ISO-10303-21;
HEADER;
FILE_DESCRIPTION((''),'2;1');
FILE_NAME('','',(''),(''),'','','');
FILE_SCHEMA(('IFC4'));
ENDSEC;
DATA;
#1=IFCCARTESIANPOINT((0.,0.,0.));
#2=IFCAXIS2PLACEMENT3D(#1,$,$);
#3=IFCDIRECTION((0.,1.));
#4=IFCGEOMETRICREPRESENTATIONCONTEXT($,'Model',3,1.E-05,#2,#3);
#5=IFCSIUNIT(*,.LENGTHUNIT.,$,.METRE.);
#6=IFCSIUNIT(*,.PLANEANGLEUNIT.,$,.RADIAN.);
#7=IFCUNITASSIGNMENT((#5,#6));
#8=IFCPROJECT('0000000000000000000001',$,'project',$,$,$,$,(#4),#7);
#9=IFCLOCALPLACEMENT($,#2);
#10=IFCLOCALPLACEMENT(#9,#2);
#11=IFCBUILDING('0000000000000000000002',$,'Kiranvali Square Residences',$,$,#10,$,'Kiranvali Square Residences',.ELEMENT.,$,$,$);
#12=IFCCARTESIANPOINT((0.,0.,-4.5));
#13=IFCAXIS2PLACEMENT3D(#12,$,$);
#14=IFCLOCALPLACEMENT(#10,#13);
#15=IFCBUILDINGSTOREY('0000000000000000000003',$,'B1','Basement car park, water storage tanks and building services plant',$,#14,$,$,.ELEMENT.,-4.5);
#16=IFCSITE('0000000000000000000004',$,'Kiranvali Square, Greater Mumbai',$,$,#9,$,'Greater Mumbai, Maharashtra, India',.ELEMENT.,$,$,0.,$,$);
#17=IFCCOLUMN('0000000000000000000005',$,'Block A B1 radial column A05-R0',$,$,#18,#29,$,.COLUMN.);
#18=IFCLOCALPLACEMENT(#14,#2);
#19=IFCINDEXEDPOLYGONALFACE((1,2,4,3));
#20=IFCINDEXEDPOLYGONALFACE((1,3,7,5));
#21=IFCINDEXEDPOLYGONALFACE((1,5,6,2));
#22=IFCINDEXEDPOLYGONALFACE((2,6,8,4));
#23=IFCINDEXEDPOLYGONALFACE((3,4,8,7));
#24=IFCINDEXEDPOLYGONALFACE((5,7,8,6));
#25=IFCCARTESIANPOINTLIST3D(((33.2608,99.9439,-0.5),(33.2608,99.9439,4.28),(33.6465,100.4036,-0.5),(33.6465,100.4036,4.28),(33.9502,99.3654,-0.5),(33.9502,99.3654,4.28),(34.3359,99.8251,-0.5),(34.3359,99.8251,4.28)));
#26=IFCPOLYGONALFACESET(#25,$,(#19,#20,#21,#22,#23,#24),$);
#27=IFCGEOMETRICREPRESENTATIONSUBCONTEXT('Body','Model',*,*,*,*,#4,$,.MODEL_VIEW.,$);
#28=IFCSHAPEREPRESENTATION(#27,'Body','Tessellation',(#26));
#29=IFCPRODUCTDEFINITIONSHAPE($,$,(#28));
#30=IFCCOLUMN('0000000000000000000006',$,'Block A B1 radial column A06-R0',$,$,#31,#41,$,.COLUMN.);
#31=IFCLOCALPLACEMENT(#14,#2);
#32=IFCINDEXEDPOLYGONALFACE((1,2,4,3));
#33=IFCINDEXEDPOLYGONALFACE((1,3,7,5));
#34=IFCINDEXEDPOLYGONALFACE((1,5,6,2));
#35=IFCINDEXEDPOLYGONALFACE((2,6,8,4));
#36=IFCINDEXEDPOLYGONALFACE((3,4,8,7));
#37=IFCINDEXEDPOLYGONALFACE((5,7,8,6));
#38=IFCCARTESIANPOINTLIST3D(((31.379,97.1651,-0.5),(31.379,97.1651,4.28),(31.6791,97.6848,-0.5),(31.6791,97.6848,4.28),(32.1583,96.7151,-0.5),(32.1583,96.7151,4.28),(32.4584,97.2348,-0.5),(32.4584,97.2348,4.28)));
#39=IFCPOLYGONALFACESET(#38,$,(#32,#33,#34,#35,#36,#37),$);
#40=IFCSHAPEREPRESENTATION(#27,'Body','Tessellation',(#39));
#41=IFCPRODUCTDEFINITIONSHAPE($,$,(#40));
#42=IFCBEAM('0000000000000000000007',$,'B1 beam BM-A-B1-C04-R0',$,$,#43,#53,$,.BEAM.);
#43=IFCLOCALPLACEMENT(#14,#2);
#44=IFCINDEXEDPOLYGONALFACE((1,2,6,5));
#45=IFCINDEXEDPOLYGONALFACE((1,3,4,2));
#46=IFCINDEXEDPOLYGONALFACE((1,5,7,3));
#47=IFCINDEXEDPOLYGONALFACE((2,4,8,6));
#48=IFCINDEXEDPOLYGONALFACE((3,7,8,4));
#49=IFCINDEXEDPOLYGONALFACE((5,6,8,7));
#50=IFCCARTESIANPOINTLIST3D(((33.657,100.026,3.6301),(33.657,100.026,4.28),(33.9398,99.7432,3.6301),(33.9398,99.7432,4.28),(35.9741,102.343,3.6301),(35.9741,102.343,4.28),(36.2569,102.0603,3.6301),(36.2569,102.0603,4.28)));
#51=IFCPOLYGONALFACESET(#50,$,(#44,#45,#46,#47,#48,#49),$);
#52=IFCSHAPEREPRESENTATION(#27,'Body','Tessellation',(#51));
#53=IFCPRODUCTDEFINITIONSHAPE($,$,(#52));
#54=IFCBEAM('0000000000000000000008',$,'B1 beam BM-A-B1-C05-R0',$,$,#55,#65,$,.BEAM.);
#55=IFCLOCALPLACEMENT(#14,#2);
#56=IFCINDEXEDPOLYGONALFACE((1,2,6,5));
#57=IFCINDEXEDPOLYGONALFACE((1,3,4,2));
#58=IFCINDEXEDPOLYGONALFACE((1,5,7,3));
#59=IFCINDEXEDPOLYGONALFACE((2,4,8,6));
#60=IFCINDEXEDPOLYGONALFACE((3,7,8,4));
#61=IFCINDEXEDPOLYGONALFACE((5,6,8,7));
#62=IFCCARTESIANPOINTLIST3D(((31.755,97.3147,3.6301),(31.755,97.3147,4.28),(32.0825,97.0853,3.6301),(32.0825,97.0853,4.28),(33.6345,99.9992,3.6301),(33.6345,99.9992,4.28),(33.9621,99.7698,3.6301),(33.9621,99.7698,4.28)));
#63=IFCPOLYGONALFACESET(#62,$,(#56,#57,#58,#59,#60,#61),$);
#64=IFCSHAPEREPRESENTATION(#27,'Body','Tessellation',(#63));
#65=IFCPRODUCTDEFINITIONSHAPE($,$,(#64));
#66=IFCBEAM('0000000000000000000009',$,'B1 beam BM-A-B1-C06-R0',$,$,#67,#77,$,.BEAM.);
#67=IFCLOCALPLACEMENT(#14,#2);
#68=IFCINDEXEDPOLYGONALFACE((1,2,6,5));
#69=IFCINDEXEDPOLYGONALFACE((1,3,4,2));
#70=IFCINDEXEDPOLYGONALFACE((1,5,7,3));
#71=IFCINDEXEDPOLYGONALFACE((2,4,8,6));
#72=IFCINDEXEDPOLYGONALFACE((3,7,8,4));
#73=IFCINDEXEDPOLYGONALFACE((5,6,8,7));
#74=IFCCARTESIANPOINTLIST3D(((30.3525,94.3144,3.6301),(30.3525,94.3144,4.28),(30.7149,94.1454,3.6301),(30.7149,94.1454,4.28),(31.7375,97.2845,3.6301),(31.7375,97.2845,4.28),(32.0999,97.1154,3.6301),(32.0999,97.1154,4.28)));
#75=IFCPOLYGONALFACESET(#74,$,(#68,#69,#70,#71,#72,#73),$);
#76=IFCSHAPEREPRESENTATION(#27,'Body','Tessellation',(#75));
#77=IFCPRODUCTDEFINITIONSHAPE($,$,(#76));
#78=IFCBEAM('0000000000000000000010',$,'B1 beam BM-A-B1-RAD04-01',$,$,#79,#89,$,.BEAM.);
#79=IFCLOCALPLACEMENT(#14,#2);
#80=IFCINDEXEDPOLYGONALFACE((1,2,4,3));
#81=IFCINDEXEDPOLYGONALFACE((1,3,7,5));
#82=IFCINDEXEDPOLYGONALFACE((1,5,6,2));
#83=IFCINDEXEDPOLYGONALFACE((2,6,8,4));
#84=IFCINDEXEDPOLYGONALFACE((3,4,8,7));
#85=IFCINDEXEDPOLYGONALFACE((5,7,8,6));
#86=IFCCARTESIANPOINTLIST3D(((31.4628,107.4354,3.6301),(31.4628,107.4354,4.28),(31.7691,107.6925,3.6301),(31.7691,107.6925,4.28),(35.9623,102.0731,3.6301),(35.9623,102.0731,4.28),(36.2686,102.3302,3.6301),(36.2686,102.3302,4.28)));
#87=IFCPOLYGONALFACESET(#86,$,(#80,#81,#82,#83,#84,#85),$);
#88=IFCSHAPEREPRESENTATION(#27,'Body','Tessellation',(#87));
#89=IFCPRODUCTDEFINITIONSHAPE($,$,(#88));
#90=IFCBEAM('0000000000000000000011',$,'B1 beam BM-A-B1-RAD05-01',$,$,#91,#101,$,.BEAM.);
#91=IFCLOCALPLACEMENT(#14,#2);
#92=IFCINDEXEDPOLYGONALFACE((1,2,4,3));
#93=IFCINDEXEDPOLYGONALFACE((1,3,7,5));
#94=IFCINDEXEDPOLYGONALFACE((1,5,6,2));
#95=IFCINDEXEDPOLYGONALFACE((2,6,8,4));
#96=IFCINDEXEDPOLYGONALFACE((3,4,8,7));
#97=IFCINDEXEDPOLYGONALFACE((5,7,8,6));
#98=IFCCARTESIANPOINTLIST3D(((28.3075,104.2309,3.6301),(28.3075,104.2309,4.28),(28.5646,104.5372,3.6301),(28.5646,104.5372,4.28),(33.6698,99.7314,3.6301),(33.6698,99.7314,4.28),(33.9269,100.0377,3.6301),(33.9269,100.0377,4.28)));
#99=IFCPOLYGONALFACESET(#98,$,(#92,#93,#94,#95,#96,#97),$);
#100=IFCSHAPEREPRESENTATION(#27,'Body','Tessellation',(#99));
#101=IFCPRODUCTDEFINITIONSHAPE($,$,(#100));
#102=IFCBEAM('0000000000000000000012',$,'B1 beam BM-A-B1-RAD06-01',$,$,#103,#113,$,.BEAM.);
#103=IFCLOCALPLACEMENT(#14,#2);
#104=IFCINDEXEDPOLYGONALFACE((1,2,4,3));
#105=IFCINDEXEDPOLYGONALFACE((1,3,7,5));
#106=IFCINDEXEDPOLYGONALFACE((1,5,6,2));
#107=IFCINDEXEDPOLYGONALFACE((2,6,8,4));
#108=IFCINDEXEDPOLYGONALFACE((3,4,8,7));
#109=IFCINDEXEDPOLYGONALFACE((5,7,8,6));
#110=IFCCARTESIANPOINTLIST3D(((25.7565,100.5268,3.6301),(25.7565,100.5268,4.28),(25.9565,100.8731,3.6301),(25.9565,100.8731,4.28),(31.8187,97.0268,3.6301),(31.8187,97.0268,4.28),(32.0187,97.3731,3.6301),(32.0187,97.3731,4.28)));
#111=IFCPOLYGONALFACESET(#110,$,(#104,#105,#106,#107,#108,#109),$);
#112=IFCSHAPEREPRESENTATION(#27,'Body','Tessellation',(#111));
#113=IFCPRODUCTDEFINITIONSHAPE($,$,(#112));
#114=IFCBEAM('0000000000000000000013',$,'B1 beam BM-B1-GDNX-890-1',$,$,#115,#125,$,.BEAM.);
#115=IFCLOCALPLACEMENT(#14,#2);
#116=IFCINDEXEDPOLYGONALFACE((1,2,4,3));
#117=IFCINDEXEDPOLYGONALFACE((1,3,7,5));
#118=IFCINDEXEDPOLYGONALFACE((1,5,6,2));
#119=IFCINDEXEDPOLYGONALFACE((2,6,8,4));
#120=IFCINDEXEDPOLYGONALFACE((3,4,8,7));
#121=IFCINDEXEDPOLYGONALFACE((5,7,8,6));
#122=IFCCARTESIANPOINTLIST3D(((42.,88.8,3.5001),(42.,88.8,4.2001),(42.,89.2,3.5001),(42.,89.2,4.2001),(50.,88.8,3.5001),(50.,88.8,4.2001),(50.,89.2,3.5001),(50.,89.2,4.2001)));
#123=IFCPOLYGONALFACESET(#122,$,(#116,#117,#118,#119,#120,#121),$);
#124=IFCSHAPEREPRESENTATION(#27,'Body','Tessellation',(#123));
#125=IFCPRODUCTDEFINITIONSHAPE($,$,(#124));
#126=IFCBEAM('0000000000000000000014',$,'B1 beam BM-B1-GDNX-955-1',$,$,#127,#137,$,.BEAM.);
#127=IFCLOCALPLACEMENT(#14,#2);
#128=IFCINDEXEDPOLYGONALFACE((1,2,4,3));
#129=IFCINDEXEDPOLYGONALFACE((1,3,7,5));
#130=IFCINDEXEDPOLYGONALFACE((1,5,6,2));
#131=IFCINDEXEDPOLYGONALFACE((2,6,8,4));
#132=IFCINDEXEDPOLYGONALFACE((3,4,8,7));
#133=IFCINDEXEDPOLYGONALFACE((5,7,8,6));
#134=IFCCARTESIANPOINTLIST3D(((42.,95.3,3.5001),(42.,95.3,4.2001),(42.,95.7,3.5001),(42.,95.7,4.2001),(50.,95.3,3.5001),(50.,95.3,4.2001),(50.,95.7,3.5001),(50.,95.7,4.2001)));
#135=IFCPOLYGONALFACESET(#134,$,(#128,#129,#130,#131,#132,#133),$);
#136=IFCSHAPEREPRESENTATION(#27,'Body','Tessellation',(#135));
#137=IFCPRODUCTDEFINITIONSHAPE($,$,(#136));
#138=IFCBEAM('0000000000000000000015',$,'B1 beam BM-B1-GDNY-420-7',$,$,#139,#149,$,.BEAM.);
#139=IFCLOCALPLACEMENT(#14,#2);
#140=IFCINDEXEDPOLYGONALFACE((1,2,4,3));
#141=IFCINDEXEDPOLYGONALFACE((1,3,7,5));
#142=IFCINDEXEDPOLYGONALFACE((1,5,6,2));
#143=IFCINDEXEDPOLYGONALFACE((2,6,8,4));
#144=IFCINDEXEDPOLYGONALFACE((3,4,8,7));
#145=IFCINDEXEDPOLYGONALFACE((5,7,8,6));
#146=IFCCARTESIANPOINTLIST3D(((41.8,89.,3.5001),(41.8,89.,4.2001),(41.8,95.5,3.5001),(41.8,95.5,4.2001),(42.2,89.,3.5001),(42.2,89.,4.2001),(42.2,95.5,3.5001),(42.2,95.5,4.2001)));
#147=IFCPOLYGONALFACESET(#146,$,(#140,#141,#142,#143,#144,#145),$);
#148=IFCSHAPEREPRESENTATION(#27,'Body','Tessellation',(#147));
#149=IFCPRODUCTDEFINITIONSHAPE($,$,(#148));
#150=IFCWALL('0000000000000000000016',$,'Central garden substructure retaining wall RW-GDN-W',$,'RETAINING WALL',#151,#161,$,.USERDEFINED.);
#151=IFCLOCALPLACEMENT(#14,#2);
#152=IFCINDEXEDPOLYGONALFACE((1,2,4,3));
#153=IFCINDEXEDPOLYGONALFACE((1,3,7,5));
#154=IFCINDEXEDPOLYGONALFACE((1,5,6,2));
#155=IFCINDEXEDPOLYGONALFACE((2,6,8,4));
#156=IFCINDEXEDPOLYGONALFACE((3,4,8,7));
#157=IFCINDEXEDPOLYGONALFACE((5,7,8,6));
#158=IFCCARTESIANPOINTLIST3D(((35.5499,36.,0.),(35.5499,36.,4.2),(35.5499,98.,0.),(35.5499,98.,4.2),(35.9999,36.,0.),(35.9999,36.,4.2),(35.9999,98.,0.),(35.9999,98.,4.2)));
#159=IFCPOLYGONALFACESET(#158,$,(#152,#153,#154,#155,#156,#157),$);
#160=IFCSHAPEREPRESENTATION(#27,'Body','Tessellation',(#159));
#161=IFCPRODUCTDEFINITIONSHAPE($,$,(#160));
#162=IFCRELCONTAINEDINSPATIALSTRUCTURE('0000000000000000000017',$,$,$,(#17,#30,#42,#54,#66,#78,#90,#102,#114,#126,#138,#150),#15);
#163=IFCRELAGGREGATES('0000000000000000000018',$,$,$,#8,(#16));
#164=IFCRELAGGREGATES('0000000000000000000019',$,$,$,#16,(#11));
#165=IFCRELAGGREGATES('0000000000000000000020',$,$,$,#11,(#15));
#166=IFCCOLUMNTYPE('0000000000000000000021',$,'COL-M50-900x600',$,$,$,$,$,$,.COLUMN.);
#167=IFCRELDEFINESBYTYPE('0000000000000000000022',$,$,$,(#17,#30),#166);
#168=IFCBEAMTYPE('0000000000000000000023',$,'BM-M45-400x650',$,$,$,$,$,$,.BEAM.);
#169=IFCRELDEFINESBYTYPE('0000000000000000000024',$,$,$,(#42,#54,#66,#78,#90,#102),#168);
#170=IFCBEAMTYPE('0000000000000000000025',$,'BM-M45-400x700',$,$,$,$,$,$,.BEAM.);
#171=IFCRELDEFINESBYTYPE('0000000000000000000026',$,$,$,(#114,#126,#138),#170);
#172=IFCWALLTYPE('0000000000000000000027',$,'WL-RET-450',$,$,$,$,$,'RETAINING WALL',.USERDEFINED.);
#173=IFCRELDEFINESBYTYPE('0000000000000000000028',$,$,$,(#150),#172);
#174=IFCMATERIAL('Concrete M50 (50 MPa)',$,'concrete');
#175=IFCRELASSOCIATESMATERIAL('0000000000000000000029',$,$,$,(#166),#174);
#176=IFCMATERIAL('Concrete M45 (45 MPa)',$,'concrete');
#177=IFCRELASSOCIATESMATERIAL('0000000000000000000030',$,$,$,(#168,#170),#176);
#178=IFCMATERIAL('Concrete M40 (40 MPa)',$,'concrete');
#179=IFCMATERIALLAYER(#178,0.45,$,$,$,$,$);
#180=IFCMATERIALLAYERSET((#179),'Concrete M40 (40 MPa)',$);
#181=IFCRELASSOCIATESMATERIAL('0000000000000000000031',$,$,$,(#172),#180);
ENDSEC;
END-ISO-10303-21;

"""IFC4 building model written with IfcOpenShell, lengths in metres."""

from ifc_helpers import new_model, si_unit, direction, frame, frame_2d, origin, origin_2d, place, context, subcontext, project, spatial, rectangle, extrude, material, layer, layer_set, material_profile, profile_set, type_object, element, save


model = new_model("IFC4")

# Units and contexts
model_context = context("Model", 3, precision=1e-05, world=origin(), true_north=direction((0.0, 1.0)))
body_context = subcontext(model_context, "Body", "Model", "MODEL_VIEW")
ifc_project = project(units=[si_unit("LENGTHUNIT", "METRE"), si_unit("PLANEANGLEUNIT", "RADIAN")], contexts=[model_context])

# Site, building, storey
site_placement = place(None, origin())
site = spatial("IfcSite", under=ifc_project, at=site_placement, Name="Kiranvali Square, Greater Mumbai", LongName="Greater Mumbai, Maharashtra, India", CompositionType="ELEMENT", RefElevation=0.0)
building_placement = place(site_placement, origin())
building = spatial("IfcBuilding", under=site, at=building_placement, Name="Kiranvali Square Residences", LongName="Kiranvali Square Residences", CompositionType="ELEMENT")
storey_placement = place(building_placement, frame((0.0, 0.0, -4.5)))
storey = spatial("IfcBuildingStorey", under=building, at=storey_placement, Name="B1", Description="Basement car park, water storage tanks and building services plant", CompositionType="ELEMENT", Elevation=-4.5)

# Shared definitions
ifc_material_1 = material(Name="Concrete M40 (40 MPa)", Category="concrete")

# Columns
ifc_material_2 = material(Name="Concrete M45 (45 MPa)", Category="concrete")
ifc_material_3 = material(Name="Concrete M50 (50 MPa)", Category="concrete")
ifc_material_profile_1 = material_profile(ifc_material_3, rectangle(XDim=0.6001, YDim=0.8999, at=origin_2d()), Name="RC 900x600")
ifc_profile_set_1 = profile_set([ifc_material_profile_1], Name="Concrete M50 (50 MPa)")
column_type_1 = type_object("IfcColumnType", Name="COL-M50-900x600", PredefinedType="COLUMN", material=ifc_profile_set_1)
for number, where, z_axis, x_axis, name in (
    (1, (33.7983, 99.8845, -0.5), (0.0, 0.0, 1.0), (0.642788, 0.766044, 0.0), "Block A B1 radial column A05-R0"),
    (2, (31.9187, 97.2, -0.5), (0.0, 0.0, 1.0), (0.5, 0.866025, 0.0), "Block A B1 radial column A06-R0"),
):
    element("IfcColumn", number, at=place(storey_placement, frame(where, z_axis=z_axis, x_axis=x_axis)), inside=storey, type_object=column_type_1, Name=name, PredefinedType="COLUMN", context=body_context, shape_type="SweptSolid", body=[
        extrude(rectangle(XDim=0.6001, YDim=0.8999, at=origin_2d()), origin(), (0.0, 0.0, 1.0), 4.78),
    ])

# Beams
ifc_material_profile_2 = material_profile(ifc_material_2, rectangle(XDim=0.3999, YDim=0.6499, at=origin_2d()), Name="RC 400x650")
ifc_profile_set_2 = profile_set([ifc_material_profile_2], Name="Concrete M45 (45 MPa)")
beam_type_1 = type_object("IfcBeamType", Name="BM-M45-400x650", PredefinedType="BEAM", material=ifc_profile_set_2)
beam_1_placement = place(storey_placement, frame((36.1155, 102.2017, 3.9551), z_axis=(-0.707107, -0.707107, 0.0), x_axis=(0.707107, -0.707107, 0.0)))
element("IfcBeam", 3, at=beam_1_placement, inside=storey, type_object=beam_type_1, Name="B1 beam BM-A-B1-C04-R0", PredefinedType="BEAM", context=body_context, shape_type="SweptSolid", body=[
    extrude(rectangle(XDim=0.3999, YDim=0.6499, at=origin_2d()), origin(), (0.0, 0.0, 1.0), 3.2769),
])
for number, where, z_axis, x_axis, name in (
    (4, (33.7983, 99.8845, 3.9551), (-0.573552, -0.819169, 0.0), (0.819169, -0.573552, 0.0), "B1 beam BM-A-B1-C05-R0"),
    (5, (31.9187, 97.2, 3.9551), (-0.422641, -0.906297, 0.0), (0.906297, -0.422641, 0.0), "B1 beam BM-A-B1-C06-R0"),
):
    element("IfcBeam", number, at=place(storey_placement, frame(where, z_axis=z_axis, x_axis=x_axis)), inside=storey, type_object=beam_type_1, Name=name, PredefinedType="BEAM", context=body_context, shape_type="SweptSolid", body=[
        extrude(rectangle(XDim=0.3999, YDim=0.6499, at=origin_2d()), origin(), (0.0, 0.0, 1.0), 3.2771),
    ])
for number, where, z_axis, x_axis, name in (
    (6, (36.1155, 102.2017, 3.9551), (-0.642788, 0.766044, 0.0), (-0.766044, -0.642788, 0.0), "B1 beam BM-A-B1-RAD04-01"),
    (7, (33.7983, 99.8845, 3.9551), (-0.766044, 0.642788, 0.0), (-0.642788, -0.766044, 0.0), "B1 beam BM-A-B1-RAD05-01"),
    (8, (31.9187, 97.2, 3.9551), (-0.866028, 0.499995, 0.0), (-0.499995, -0.866028, 0.0), "B1 beam BM-A-B1-RAD06-01"),
):
    element("IfcBeam", number, at=place(storey_placement, frame(where, z_axis=z_axis, x_axis=x_axis)), inside=storey, type_object=beam_type_1, Name=name, PredefinedType="BEAM", context=body_context, shape_type="SweptSolid", body=[
        extrude(rectangle(XDim=0.3999, YDim=0.6499, at=origin_2d()), origin(), (0.0, 0.0, 1.0), 7.0),
    ])
ifc_material_profile_3 = material_profile(ifc_material_2, rectangle(XDim=0.3999, YDim=0.7, at=origin_2d()), Name="RC 400x700")
ifc_profile_set_3 = profile_set([ifc_material_profile_3], Name="Concrete M45 (45 MPa)")
beam_type_2 = type_object("IfcBeamType", Name="BM-M45-400x700", PredefinedType="BEAM", material=ifc_profile_set_3)
for number, where, z_axis, x_axis, name in (
    (9, (42.0, 89.0, 3.8501), (1.0, 0.0, 0.0), (0.0, 1.0, 0.0), "B1 beam BM-B1-GDNX-890-1"),
    (10, (42.0, 95.5, 3.8501), (1.0, 0.0, 0.0), (0.0, 1.0, 0.0), "B1 beam BM-B1-GDNX-955-1"),
):
    element("IfcBeam", number, at=place(storey_placement, frame(where, z_axis=z_axis, x_axis=x_axis)), inside=storey, type_object=beam_type_2, Name=name, PredefinedType="BEAM", context=body_context, shape_type="SweptSolid", body=[
        extrude(rectangle(XDim=0.3999, YDim=0.7, at=origin_2d()), origin(), (0.0, 0.0, 1.0), 8.0),
    ])
beam_2_placement = place(storey_placement, frame((42.0, 89.0, 3.8501), z_axis=(0.0, 1.0, 0.0), x_axis=(-1.0, 0.0, 0.0)))
element("IfcBeam", 11, at=beam_2_placement, inside=storey, type_object=beam_type_2, Name="B1 beam BM-B1-GDNY-420-7", PredefinedType="BEAM", context=body_context, shape_type="SweptSolid", body=[
    extrude(rectangle(XDim=0.3999, YDim=0.7, at=origin_2d()), origin(), (0.0, 0.0, 1.0), 6.5),
])

# Wall
ifc_layer = layer(ifc_material_1, 0.45)
ifc_layer_set = layer_set([ifc_layer], Name="Concrete M40 (40 MPa)")
wall_type = type_object("IfcWallType", Name="WL-RET-450", ElementType="RETAINING WALL", PredefinedType="USERDEFINED", material=ifc_layer_set)
wall_placement = place(storey_placement, frame((35.7749, 98.0, 0.0), z_axis=(0.0, 0.0, 1.0), x_axis=(0.0, -1.0, 0.0)))
element("IfcWall", 12, at=wall_placement, inside=storey, type_object=wall_type, Name="Central garden substructure retaining wall RW-GDN-W", ObjectType="RETAINING WALL", PredefinedType="USERDEFINED", context=body_context, shape_type="SweptSolid", body=[
    extrude(rectangle(XDim=62.0, YDim=0.45, at=frame_2d((31.0, 0.0))), origin(), (0.0, 0.0, 1.0), 4.2),
])

save(model, "model.ifc")
